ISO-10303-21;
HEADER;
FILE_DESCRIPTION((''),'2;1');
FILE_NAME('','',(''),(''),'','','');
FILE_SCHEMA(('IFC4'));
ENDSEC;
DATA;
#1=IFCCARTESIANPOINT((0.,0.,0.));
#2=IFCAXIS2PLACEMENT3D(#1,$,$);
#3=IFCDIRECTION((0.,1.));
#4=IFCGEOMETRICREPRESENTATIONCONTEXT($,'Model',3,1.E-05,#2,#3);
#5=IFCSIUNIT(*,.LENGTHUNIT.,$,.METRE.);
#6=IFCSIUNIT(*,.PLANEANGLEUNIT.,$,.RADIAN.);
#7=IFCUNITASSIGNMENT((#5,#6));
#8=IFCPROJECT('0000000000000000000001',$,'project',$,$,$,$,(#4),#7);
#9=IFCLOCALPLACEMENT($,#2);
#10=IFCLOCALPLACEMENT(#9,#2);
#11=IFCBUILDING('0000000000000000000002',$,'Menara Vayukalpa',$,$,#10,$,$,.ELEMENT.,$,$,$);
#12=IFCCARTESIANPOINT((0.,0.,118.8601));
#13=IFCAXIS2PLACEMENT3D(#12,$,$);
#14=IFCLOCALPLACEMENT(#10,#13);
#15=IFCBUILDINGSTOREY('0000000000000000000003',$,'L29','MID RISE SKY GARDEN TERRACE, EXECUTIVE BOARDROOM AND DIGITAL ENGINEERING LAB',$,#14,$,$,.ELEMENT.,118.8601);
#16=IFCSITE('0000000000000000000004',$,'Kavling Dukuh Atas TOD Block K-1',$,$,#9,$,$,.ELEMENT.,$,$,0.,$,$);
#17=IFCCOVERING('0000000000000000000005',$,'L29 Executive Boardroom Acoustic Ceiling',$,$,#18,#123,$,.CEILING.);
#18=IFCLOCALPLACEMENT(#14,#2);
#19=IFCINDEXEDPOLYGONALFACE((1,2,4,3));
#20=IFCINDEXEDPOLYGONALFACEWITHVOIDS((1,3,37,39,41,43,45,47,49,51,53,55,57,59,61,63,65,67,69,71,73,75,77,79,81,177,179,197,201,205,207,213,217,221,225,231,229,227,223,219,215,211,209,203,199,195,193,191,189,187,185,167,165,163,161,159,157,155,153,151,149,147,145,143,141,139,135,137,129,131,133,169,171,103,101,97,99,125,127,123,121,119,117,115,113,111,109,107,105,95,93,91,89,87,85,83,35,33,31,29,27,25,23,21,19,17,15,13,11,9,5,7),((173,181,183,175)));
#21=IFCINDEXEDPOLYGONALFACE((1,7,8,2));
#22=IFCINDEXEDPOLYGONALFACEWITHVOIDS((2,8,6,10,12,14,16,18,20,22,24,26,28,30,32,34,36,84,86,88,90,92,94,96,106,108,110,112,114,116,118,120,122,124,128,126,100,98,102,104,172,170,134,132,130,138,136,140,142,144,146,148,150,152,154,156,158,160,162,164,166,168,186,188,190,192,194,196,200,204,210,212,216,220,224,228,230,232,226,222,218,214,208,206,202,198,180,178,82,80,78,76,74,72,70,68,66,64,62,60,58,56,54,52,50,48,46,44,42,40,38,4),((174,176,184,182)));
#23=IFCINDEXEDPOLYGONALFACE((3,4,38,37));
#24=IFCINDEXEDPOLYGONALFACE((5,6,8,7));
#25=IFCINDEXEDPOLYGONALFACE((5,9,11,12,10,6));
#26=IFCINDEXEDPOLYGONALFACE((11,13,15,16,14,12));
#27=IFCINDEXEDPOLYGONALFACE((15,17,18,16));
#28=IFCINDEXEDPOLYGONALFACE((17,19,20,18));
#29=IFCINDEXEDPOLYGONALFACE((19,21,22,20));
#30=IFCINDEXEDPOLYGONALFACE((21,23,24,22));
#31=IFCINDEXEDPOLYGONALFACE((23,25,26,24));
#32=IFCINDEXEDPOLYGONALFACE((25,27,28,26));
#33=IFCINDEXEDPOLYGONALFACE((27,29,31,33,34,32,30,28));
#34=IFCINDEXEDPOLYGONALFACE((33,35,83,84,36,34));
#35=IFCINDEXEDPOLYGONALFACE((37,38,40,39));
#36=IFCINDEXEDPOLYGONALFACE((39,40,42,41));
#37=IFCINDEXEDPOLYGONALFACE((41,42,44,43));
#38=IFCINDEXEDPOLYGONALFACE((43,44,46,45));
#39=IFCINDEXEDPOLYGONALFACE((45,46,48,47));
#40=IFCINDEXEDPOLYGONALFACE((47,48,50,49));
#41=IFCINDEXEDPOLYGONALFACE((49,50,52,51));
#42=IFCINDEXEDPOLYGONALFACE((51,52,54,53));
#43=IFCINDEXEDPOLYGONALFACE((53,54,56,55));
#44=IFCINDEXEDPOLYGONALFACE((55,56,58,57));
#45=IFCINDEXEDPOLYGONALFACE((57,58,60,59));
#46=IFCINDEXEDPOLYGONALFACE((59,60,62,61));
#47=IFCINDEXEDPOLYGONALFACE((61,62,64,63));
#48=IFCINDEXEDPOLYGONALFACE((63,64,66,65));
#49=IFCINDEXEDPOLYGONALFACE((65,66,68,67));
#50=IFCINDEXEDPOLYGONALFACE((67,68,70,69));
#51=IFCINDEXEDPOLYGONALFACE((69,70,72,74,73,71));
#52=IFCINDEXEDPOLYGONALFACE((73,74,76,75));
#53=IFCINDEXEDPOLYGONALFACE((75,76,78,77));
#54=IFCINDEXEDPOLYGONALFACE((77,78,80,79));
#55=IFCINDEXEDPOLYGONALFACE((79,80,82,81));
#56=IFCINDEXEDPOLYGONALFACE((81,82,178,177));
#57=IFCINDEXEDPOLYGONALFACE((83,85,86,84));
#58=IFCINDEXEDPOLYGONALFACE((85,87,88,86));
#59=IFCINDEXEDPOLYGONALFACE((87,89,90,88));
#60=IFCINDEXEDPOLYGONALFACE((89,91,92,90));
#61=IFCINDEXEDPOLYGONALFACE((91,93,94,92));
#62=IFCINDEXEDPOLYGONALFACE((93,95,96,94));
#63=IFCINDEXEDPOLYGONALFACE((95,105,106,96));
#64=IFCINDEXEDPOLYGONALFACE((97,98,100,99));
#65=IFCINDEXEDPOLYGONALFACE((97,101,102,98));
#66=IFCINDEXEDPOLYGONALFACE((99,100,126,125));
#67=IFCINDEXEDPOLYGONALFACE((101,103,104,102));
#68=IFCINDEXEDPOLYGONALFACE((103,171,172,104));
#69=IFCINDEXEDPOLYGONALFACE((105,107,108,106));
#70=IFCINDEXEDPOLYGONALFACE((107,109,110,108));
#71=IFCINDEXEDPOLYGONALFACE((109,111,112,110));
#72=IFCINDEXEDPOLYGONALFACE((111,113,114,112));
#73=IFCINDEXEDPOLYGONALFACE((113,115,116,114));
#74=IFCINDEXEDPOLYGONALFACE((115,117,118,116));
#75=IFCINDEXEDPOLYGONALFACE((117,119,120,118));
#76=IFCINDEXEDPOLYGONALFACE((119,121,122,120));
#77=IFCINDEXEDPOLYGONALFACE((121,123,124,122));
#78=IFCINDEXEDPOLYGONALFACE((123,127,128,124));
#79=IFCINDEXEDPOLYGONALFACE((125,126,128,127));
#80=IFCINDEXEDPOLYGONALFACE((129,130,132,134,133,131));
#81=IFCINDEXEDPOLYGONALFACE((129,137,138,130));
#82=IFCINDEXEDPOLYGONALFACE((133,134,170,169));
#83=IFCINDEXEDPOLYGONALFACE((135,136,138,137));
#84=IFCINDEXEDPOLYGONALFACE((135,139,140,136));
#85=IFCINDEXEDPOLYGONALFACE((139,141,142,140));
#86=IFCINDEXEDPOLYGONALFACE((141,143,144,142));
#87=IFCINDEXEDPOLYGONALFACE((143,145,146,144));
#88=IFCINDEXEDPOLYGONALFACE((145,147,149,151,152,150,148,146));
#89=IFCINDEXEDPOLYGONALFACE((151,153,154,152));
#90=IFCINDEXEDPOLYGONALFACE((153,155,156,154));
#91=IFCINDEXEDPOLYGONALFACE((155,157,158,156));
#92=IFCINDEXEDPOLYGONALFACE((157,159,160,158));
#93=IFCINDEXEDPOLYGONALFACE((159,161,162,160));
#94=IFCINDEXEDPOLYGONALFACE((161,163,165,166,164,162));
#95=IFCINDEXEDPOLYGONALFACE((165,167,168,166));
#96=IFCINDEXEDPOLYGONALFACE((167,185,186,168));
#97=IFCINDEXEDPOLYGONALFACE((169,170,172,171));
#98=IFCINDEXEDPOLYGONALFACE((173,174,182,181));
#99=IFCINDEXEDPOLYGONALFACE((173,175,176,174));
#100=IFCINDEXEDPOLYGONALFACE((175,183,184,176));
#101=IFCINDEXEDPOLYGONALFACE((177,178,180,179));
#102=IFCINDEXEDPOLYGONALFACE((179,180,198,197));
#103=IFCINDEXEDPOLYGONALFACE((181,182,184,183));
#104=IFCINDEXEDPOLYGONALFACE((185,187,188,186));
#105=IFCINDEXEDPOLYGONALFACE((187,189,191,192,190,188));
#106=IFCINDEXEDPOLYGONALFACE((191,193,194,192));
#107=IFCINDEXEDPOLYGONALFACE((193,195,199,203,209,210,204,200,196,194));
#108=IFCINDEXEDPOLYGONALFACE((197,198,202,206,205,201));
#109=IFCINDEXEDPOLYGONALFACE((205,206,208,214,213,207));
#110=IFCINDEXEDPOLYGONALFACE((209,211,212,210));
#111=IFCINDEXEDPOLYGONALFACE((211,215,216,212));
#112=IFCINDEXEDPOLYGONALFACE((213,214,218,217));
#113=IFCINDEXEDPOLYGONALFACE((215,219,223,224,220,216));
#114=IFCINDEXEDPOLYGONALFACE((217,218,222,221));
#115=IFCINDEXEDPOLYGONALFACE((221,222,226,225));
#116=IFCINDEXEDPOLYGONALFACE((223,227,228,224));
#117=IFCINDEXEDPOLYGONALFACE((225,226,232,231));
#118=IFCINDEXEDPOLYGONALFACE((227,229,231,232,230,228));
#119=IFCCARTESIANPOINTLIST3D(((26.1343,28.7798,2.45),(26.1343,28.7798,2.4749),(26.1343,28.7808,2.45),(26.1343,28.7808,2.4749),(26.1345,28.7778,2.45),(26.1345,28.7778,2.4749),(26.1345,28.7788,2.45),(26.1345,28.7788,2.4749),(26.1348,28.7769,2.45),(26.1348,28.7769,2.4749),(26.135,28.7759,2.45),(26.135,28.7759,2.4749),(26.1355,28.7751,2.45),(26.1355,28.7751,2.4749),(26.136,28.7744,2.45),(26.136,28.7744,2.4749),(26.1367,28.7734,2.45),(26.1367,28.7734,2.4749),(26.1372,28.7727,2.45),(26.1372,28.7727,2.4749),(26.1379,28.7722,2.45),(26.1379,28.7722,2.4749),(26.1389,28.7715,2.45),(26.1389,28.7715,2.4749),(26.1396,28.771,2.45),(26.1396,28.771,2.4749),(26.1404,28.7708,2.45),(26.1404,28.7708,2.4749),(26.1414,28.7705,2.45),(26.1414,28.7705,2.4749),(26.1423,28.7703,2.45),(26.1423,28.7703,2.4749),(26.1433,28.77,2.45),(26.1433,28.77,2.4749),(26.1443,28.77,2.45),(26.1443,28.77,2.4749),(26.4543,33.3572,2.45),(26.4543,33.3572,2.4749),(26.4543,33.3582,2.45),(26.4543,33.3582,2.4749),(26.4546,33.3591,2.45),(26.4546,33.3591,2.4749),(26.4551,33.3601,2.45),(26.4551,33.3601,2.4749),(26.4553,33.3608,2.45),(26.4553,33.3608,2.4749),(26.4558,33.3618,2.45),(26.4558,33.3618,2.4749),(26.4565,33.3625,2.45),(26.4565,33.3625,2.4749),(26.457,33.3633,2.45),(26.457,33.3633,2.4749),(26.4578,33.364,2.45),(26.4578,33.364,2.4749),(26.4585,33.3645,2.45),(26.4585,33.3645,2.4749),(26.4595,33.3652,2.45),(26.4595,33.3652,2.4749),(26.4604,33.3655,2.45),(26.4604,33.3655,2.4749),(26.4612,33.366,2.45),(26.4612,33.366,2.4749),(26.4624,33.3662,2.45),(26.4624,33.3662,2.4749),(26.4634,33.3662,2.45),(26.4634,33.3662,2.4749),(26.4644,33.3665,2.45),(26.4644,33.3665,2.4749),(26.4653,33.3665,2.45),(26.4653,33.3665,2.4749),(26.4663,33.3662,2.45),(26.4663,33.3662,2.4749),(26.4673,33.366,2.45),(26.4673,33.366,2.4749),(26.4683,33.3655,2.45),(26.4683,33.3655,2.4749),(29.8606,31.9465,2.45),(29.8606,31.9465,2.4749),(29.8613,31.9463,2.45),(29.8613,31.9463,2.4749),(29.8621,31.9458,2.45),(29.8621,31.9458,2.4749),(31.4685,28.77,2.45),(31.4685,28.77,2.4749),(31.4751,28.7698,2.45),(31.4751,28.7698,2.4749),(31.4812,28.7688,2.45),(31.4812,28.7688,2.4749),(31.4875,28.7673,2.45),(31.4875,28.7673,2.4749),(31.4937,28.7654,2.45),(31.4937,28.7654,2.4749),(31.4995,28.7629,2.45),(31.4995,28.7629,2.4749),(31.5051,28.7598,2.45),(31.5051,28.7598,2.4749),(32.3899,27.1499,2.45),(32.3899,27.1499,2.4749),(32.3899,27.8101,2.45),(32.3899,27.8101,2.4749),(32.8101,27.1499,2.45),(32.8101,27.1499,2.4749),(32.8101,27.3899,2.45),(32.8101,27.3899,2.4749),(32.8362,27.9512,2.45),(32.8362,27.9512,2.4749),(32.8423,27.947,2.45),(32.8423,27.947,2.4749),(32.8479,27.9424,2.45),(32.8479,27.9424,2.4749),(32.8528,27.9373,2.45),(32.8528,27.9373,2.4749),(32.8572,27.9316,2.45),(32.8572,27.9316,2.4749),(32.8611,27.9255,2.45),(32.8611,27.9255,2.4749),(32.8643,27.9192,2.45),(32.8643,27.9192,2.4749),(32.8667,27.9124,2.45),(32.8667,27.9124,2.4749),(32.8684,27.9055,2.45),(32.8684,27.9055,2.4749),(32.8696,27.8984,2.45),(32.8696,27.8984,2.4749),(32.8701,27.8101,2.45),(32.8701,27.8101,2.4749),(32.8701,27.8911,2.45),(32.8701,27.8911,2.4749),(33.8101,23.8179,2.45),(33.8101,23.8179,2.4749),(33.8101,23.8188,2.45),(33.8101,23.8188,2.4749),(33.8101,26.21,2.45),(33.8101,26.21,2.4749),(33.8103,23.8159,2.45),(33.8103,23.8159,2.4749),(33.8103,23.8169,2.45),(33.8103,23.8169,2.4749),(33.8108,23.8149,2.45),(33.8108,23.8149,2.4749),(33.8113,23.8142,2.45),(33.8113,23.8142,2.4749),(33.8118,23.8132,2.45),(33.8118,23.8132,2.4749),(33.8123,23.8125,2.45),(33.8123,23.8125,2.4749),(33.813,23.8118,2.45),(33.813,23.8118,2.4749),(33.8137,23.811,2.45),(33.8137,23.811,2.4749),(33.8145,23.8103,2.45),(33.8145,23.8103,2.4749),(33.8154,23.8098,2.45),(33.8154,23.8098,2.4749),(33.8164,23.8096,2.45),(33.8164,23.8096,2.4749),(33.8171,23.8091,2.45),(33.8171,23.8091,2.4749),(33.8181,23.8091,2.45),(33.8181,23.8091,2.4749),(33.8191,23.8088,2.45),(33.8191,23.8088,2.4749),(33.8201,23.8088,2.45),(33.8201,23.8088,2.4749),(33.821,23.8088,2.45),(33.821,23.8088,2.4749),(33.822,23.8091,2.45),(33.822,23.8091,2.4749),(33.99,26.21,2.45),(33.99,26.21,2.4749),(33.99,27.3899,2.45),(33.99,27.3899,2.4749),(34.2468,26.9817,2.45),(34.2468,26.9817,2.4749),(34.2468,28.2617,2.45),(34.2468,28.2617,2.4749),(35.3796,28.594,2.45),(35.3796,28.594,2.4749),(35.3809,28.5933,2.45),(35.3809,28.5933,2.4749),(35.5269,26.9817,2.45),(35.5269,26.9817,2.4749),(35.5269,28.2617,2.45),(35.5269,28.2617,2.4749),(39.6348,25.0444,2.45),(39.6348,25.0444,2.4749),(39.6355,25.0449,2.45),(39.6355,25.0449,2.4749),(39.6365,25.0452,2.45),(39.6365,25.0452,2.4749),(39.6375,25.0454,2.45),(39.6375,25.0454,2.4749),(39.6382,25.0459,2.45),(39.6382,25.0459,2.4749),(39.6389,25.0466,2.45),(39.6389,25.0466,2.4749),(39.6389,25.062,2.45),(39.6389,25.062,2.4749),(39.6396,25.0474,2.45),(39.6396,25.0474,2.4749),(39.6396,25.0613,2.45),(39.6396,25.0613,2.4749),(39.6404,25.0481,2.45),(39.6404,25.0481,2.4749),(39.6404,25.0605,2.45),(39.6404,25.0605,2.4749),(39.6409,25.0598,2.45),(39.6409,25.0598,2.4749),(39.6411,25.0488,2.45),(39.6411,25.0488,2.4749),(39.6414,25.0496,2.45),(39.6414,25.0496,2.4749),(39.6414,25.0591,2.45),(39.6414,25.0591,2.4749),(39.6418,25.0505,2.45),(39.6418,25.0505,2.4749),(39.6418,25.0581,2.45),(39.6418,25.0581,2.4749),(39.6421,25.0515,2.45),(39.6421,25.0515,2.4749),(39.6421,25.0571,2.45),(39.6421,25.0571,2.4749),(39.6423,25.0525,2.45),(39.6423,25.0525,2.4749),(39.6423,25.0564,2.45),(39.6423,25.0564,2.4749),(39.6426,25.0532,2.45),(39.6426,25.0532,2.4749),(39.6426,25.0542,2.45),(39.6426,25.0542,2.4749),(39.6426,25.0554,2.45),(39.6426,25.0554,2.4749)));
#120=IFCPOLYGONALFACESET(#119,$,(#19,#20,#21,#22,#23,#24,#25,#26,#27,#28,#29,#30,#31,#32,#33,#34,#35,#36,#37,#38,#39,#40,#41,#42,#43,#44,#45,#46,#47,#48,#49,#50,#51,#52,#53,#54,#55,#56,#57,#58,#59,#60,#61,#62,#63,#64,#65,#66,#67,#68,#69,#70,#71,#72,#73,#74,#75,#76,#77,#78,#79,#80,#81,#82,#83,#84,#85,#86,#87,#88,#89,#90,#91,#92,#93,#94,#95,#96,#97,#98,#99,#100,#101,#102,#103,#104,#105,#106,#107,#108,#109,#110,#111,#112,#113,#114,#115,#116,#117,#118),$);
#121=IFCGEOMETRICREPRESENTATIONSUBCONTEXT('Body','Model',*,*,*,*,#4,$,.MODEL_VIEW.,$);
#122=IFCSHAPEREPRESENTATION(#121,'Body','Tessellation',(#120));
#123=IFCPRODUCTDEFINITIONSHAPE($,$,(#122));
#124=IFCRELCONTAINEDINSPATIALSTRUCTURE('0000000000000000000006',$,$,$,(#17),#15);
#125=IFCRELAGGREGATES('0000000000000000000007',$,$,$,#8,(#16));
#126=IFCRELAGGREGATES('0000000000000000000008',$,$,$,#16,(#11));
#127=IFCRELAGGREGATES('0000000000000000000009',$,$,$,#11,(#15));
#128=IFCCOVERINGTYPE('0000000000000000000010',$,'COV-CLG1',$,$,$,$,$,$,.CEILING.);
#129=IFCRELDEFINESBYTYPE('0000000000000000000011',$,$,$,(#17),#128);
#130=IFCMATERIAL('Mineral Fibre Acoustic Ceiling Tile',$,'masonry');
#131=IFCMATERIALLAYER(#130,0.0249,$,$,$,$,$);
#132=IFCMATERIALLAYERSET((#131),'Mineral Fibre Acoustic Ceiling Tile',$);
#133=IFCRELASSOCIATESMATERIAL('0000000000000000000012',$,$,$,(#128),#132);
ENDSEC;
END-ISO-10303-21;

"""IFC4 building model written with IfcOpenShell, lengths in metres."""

from ifc_helpers import new_model, si_unit, direction, frame, origin, place, context, subcontext, project, spatial, polyline, outline, extrude, material, layer, layer_set, type_object, element, save


model = new_model("IFC4")

# Units and contexts
model_context = context("Model", 3, precision=1e-05, world=origin(), true_north=direction((0.0, 1.0)))
body_context = subcontext(model_context, "Body", "Model", "MODEL_VIEW")
ifc_project = project(units=[si_unit("LENGTHUNIT", "METRE"), si_unit("PLANEANGLEUNIT", "RADIAN")], contexts=[model_context])

# Site, building, storey
site_placement = place(None, origin())
site = spatial("IfcSite", under=ifc_project, at=site_placement, Name="Kavling Dukuh Atas TOD Block K-1", CompositionType="ELEMENT", RefElevation=0.0)
building_placement = place(site_placement, origin())
building = spatial("IfcBuilding", under=site, at=building_placement, Name="Menara Vayukalpa", CompositionType="ELEMENT")
storey_placement = place(building_placement, frame((0.0, 0.0, 118.8601)))
storey = spatial("IfcBuildingStorey", under=building, at=storey_placement, Name="L29", Description="MID RISE SKY GARDEN TERRACE, EXECUTIVE BOARDROOM AND DIGITAL ENGINEERING LAB", CompositionType="ELEMENT", Elevation=118.8601)

# Covering
ifc_material_1 = material(Name="Mineral Fibre Acoustic Ceiling Tile", Category="masonry")
ifc_layer_1 = layer(ifc_material_1, 0.0249)
ifc_layer_set_1 = layer_set([ifc_layer_1], Name="Mineral Fibre Acoustic Ceiling Tile")
covering_type_1 = type_object("IfcCoveringType", Name="COV-CLG1", PredefinedType="CEILING", material=ifc_layer_set_1)
covering_1_placement = place(storey_placement, frame((0.0, 0.0, 2.45)))
element("IfcCovering", 1, at=covering_1_placement, inside=storey, type_object=covering_type_1, Name="L29 Executive Boardroom Acoustic Ceiling", PredefinedType="CEILING", context=body_context, shape_type="SweptSolid", body=[
    extrude(outline(polyline([(32.8701, 27.8911), (32.8696, 27.8984), (32.8684, 27.9055), (32.8667, 27.9124), (32.8643, 27.9192), (32.8611, 27.9255), (32.8572, 27.9316), (32.8528, 27.9373), (32.8479, 27.9424), (32.8423, 27.947), (32.8362, 27.9512), (31.5051, 28.7598), (31.4995, 28.7629), (31.4937, 28.7654), (31.4875, 28.7673), (31.4812, 28.7688), (31.4751, 28.7698), (31.4685, 28.77), (26.1443, 28.77), (26.1433, 28.77), (26.1423, 28.7703), (26.1414, 28.7705), (26.1404, 28.7708), (26.1396, 28.771), (26.1389, 28.7715), (26.1379, 28.7722), (26.1372, 28.7727), (26.1367, 28.7734), (26.136, 28.7744), (26.1355, 28.7751), (26.135, 28.7759), (26.1348, 28.7769), (26.1345, 28.7778), (26.1345, 28.7788), (26.1343, 28.7798), (26.1343, 28.7808), (26.4543, 33.3572), (26.4543, 33.3582), (26.4546, 33.3591), (26.4551, 33.3601), (26.4553, 33.3608), (26.4558, 33.3618), (26.4565, 33.3625), (26.457, 33.3633), (26.4578, 33.364), (26.4585, 33.3645), (26.4595, 33.3652), (26.4604, 33.3655), (26.4612, 33.366), (26.4624, 33.3662), (26.4634, 33.3662), (26.4644, 33.3665), (26.4653, 33.3665), (26.4663, 33.3662), (26.4673, 33.366), (26.4683, 33.3655), (29.8606, 31.9465), (29.8613, 31.9463), (29.8621, 31.9458), (35.3796, 28.594), (35.3809, 28.5933), (39.6389, 25.062), (39.6396, 25.0613), (39.6404, 25.0605), (39.6409, 25.0598), (39.6414, 25.0591), (39.6418, 25.0581), (39.6421, 25.0571), (39.6423, 25.0564), (39.6426, 25.0554), (39.6426, 25.0542), (39.6426, 25.0532), (39.6423, 25.0525), (39.6421, 25.0515), (39.6418, 25.0505), (39.6414, 25.0496), (39.6411, 25.0488), (39.6404, 25.0481), (39.6396, 25.0474), (39.6389, 25.0466), (39.6382, 25.0459), (39.6375, 25.0454), (39.6365, 25.0452), (39.6355, 25.0449), (39.6348, 25.0444), (33.822, 23.8091), (33.821, 23.8088), (33.8201, 23.8088), (33.8191, 23.8088), (33.8181, 23.8091), (33.8171, 23.8091), (33.8164, 23.8096), (33.8154, 23.8098), (33.8145, 23.8103), (33.8137, 23.811), (33.813, 23.8118), (33.8123, 23.8125), (33.8118, 23.8132), (33.8113, 23.8142), (33.8108, 23.8149), (33.8103, 23.8159), (33.8103, 23.8169), (33.8101, 23.8179), (33.8101, 23.8188), (33.8101, 26.21), (33.99, 26.21), (33.99, 27.3899), (32.8101, 27.3899), (32.8101, 27.1499), (32.3899, 27.1499), (32.3899, 27.8101), (32.8701, 27.8101), (32.8701, 27.8911)]), holes=[polyline([(35.5269, 26.9817), (35.5269, 28.2617), (34.2468, 28.2617), (34.2468, 26.9817), (35.5269, 26.9817)])]), origin(), (0.0, 0.0, 1.0), 0.0249),
])

save(model, "model.ifc")
